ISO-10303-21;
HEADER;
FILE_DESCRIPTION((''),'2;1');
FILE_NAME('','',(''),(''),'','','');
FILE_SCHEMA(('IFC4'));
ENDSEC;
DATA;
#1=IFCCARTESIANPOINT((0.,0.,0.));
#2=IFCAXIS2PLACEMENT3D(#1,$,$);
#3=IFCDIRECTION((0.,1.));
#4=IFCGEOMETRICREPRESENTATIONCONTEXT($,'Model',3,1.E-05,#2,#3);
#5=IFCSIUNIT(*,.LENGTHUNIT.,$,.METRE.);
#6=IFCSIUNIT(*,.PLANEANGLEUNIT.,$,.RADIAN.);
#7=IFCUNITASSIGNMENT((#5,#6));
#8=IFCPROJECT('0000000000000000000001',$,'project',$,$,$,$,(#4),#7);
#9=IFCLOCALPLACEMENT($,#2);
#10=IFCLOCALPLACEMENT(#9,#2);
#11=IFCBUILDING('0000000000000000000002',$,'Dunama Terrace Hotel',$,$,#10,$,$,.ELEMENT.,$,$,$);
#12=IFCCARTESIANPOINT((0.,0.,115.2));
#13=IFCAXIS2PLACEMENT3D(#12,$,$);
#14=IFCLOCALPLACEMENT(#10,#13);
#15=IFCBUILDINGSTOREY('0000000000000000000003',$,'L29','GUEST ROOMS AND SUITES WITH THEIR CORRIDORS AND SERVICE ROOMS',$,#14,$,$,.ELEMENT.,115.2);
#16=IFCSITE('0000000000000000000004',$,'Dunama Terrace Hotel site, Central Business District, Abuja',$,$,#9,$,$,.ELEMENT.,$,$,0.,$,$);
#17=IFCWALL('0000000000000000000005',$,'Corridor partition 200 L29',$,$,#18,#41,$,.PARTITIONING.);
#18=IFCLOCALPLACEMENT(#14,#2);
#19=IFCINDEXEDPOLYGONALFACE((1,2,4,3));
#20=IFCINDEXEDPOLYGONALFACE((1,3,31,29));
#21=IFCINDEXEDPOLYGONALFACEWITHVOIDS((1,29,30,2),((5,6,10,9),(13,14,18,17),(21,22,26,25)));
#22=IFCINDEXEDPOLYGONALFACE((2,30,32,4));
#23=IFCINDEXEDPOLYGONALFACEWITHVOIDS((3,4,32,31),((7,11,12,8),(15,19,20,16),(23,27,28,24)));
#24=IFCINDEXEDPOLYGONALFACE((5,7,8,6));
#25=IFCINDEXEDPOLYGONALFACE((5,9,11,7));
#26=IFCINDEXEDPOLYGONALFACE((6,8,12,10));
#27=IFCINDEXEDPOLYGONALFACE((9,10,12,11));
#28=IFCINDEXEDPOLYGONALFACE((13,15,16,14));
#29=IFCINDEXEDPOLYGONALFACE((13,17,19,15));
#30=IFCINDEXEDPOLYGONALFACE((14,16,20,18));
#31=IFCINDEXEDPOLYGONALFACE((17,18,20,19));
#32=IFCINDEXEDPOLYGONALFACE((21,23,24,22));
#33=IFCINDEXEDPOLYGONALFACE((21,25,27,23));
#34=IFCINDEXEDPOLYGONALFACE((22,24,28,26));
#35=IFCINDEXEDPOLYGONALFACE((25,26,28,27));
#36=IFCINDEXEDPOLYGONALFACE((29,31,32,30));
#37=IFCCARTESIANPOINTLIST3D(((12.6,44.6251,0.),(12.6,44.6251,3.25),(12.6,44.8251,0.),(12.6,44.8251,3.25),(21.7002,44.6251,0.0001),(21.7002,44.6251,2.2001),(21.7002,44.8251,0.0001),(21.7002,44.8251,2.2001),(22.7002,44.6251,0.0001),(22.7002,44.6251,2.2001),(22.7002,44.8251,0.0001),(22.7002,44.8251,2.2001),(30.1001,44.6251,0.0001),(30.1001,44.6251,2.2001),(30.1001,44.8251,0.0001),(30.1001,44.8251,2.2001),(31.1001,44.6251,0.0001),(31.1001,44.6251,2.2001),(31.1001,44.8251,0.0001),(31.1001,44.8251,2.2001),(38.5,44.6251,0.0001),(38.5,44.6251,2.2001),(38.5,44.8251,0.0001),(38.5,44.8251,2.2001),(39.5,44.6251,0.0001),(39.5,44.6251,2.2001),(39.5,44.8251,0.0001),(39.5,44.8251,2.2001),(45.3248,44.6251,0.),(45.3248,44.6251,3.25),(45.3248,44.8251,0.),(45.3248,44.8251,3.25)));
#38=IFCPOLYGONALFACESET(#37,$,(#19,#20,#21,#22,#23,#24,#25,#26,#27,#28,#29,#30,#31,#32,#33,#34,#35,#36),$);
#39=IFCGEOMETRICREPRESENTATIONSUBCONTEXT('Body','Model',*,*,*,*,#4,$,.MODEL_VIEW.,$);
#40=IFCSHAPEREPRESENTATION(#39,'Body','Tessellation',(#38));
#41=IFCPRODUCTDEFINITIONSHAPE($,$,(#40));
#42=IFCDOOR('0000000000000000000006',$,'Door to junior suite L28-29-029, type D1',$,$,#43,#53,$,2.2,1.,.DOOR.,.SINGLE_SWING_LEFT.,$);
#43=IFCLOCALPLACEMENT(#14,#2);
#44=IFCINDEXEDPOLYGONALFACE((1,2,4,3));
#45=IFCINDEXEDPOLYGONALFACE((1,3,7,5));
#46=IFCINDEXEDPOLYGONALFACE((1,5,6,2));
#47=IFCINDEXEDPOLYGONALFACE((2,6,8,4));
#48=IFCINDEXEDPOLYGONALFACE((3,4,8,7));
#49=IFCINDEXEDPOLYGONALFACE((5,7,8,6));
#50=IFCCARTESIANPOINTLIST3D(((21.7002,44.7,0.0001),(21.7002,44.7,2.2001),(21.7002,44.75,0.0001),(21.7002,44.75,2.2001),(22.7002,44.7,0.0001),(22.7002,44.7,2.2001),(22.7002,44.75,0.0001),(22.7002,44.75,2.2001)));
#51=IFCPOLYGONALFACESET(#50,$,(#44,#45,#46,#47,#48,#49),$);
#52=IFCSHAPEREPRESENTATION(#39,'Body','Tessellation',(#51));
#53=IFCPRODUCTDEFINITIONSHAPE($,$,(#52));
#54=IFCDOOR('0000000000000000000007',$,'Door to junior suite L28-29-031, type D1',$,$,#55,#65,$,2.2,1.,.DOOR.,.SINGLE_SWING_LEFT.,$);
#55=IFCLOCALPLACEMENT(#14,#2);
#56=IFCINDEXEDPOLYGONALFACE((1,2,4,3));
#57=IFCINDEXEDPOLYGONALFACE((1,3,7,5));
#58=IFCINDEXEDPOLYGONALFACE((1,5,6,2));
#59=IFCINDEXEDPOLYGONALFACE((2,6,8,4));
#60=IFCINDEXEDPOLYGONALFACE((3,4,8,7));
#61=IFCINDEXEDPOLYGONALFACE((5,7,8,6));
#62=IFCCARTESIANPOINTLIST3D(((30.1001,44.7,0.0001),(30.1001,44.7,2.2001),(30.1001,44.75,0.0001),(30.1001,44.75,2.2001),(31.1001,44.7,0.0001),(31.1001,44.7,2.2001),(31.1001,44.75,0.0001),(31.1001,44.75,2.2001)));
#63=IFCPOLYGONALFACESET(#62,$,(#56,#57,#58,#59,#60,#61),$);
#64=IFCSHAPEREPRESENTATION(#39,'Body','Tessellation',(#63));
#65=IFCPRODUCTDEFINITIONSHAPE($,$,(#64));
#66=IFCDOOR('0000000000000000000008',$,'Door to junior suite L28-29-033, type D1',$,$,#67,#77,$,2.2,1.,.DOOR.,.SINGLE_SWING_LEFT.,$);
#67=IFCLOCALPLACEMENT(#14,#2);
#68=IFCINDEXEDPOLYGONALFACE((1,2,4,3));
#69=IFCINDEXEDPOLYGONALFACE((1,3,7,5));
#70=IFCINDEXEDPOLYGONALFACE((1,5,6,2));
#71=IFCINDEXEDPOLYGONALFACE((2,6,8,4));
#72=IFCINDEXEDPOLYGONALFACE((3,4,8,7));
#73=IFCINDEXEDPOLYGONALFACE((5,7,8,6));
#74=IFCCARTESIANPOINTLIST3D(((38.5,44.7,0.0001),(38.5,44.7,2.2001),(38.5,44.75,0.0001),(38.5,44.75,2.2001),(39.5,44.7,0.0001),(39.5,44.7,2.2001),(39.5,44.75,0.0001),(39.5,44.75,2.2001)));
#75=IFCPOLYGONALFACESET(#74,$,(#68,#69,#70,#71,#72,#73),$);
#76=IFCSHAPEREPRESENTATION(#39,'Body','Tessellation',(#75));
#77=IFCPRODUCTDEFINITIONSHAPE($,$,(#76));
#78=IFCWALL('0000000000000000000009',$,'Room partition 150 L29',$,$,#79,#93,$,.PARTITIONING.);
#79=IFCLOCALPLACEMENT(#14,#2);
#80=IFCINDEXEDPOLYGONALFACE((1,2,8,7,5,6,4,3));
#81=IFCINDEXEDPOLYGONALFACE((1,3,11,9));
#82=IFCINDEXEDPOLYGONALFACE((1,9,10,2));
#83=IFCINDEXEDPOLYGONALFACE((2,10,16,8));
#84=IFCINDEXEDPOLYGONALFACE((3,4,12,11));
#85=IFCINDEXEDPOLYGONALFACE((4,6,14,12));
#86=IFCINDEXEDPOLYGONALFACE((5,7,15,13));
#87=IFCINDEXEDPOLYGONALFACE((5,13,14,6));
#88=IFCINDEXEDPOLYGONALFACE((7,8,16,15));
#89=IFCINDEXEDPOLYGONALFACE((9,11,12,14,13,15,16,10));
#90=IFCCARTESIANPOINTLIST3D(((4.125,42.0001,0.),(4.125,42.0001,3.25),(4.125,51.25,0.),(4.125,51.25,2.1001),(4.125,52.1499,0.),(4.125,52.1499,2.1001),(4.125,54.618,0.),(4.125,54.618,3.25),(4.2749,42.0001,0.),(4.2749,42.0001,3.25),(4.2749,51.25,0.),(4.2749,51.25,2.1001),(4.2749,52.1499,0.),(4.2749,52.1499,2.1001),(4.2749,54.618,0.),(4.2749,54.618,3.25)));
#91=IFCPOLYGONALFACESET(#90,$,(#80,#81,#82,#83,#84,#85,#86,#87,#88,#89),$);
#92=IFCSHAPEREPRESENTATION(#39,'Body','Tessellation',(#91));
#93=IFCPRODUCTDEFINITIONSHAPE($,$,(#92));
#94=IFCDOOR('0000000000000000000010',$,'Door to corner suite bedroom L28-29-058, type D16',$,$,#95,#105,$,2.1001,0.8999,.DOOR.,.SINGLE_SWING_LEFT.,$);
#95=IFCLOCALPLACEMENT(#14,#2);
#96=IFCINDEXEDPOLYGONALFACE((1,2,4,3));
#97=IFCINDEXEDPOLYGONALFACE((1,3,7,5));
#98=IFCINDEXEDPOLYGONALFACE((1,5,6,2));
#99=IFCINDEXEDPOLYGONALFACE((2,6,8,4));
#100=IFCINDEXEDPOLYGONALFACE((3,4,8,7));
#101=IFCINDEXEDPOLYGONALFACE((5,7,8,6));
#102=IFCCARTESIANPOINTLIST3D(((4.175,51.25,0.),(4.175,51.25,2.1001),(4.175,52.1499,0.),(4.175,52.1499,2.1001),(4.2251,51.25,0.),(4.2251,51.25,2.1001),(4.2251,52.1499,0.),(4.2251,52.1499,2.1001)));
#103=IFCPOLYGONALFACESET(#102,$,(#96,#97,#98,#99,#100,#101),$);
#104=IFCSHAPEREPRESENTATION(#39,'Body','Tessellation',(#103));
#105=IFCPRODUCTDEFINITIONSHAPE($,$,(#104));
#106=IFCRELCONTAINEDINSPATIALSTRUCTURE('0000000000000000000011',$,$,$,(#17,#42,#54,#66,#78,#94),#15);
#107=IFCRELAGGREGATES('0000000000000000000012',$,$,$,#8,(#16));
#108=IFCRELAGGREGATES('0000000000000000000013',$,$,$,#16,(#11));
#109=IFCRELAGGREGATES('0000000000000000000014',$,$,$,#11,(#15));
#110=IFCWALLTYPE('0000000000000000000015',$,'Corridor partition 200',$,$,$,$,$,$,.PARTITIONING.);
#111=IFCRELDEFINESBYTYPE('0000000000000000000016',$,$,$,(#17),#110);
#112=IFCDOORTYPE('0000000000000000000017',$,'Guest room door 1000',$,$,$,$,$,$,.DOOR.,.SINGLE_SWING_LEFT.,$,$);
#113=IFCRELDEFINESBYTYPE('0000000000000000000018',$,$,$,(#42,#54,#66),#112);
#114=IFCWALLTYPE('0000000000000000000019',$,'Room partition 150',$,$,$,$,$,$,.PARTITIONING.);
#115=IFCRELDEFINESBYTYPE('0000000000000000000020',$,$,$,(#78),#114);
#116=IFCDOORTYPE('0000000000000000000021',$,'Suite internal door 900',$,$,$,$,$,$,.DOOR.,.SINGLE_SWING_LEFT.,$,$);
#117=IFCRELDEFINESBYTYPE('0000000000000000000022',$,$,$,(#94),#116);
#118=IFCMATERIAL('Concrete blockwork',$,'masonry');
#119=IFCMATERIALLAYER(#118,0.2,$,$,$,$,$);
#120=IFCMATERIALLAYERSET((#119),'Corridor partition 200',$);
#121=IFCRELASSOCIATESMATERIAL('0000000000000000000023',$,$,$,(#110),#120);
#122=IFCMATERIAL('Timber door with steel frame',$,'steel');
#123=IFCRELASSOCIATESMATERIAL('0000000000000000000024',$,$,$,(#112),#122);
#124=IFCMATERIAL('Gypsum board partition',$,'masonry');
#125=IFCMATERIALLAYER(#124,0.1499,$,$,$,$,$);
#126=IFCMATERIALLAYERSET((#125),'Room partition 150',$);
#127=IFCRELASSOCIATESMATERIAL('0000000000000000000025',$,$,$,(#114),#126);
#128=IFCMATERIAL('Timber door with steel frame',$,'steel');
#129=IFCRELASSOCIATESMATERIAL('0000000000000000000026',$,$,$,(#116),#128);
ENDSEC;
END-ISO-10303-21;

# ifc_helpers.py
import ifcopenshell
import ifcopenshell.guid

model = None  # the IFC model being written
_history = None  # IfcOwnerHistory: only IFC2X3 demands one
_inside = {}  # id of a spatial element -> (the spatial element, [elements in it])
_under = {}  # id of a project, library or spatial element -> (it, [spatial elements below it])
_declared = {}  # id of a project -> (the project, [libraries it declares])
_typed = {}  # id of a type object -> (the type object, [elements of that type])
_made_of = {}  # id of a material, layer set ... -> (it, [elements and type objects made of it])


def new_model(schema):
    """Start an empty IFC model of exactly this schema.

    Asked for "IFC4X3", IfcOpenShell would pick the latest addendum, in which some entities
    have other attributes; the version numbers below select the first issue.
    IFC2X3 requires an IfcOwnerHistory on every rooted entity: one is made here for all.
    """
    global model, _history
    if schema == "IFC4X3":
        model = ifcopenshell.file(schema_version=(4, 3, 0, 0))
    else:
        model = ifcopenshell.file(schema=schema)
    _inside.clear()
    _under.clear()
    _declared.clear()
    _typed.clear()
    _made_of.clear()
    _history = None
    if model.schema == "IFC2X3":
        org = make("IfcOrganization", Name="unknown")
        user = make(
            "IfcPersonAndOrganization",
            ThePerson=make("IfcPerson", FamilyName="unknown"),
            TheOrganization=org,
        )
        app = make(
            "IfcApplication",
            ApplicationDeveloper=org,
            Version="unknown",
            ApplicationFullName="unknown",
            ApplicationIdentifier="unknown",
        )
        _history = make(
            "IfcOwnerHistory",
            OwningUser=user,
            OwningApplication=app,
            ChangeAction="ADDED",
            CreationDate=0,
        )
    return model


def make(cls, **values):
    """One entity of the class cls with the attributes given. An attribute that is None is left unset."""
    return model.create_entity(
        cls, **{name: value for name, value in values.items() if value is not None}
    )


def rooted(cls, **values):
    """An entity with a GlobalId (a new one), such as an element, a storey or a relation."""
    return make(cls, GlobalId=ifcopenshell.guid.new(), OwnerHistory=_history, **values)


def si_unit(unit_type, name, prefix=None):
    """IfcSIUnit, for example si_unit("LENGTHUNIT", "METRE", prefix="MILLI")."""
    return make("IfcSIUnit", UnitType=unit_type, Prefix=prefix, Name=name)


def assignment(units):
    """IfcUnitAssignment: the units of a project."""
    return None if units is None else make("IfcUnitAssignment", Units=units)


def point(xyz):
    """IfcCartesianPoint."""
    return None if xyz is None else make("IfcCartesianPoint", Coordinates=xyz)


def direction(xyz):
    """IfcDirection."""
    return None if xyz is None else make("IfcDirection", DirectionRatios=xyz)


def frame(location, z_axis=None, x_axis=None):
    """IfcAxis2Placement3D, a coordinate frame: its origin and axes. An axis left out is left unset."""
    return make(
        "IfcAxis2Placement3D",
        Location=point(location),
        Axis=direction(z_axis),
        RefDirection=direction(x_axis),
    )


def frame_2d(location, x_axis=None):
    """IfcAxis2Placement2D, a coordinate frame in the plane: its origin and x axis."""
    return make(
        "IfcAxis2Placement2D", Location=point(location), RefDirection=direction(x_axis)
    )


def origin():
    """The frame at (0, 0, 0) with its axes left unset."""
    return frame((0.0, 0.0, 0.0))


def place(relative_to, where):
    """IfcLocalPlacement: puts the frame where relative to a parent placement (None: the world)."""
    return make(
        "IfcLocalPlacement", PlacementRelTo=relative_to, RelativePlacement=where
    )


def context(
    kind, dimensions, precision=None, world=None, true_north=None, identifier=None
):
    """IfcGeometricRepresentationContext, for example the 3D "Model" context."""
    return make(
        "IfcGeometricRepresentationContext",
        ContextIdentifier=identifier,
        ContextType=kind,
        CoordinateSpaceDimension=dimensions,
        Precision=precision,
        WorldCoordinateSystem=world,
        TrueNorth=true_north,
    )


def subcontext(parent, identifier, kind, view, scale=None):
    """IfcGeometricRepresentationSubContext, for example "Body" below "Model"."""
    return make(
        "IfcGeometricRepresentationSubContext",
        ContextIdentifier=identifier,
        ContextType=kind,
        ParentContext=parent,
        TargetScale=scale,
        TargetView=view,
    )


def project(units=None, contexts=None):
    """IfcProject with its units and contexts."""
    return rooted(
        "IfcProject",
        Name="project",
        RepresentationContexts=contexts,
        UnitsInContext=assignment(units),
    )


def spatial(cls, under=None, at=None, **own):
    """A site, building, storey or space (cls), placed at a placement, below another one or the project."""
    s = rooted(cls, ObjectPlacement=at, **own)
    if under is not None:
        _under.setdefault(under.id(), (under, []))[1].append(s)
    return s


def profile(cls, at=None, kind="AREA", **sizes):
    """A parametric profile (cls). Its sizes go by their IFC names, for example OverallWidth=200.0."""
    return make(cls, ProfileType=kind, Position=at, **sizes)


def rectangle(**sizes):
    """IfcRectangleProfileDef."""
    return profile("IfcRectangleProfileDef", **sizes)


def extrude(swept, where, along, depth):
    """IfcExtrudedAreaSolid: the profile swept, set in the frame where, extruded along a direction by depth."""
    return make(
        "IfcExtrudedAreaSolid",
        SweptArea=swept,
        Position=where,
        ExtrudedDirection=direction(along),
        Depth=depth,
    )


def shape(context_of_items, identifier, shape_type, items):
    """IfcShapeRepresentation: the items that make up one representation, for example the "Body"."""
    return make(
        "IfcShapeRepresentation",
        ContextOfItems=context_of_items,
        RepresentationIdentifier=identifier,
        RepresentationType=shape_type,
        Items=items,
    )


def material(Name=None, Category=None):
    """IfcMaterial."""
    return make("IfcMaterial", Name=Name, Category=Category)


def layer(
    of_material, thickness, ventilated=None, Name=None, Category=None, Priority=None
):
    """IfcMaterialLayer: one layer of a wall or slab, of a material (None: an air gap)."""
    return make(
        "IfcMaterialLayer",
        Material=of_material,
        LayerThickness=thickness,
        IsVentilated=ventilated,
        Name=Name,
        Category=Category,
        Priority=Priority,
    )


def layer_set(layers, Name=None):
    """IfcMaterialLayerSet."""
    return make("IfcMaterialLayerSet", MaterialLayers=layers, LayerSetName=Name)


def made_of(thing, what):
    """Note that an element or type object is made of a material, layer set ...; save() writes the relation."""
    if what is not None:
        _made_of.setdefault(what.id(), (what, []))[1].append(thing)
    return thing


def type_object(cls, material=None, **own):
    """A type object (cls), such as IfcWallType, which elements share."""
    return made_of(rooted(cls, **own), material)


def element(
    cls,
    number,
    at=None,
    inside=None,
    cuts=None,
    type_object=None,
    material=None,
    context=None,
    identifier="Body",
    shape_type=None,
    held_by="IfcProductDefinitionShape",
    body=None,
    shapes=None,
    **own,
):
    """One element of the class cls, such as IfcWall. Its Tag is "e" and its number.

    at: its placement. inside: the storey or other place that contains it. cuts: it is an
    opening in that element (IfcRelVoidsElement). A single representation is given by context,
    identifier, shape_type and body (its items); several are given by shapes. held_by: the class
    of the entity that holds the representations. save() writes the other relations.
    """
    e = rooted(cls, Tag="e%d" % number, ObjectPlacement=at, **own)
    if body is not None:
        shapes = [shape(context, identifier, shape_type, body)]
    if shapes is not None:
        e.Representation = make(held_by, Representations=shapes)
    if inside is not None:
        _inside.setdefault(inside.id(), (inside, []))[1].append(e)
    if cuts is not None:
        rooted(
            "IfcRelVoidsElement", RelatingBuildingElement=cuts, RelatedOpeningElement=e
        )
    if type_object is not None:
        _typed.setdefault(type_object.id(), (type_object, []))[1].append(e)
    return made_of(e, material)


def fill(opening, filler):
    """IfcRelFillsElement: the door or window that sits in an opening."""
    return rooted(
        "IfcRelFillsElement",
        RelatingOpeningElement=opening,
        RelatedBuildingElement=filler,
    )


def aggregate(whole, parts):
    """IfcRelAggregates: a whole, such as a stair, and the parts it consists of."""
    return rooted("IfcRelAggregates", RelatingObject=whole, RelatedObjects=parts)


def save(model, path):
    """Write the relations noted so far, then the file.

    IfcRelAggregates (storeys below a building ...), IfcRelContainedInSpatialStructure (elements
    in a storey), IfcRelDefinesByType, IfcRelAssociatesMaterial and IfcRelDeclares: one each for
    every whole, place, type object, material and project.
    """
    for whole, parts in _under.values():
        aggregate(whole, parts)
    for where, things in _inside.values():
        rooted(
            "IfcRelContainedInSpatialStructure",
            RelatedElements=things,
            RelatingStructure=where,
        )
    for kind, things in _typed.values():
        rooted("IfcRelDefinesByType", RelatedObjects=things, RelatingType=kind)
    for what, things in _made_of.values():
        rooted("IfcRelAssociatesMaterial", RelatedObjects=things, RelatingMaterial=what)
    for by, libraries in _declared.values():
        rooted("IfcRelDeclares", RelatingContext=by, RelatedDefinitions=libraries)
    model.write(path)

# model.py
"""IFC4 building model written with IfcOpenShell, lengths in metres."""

from ifc_helpers import new_model, si_unit, direction, frame, frame_2d, origin, place, context, subcontext, project, spatial, rectangle, extrude, material, layer, layer_set, type_object, element, fill, save


model = new_model("IFC4")

# Units and contexts
model_context = context("Model", 3, precision=1e-05, world=origin(), true_north=direction((0.0, 1.0)))
body_context = subcontext(model_context, "Body", "Model", "MODEL_VIEW")
ifc_project = project(units=[si_unit("LENGTHUNIT", "METRE"), si_unit("PLANEANGLEUNIT", "RADIAN")], contexts=[model_context])

# Site, building, storey
site_placement = place(None, origin())
site = spatial("IfcSite", under=ifc_project, at=site_placement, Name="Dunama Terrace Hotel site, Central Business District, Abuja", CompositionType="ELEMENT", RefElevation=0.0)
building_placement = place(site_placement, origin())
building = spatial("IfcBuilding", under=site, at=building_placement, Name="Dunama Terrace Hotel", CompositionType="ELEMENT")
storey_placement = place(building_placement, frame((0.0, 0.0, 115.2)))
storey = spatial("IfcBuildingStorey", under=building, at=storey_placement, Name="L29", Description="GUEST ROOMS AND SUITES WITH THEIR CORRIDORS AND SERVICE ROOMS", CompositionType="ELEMENT", Elevation=115.2)

# Wall, openings, doors
ifc_material_1 = material(Name="Concrete blockwork", Category="masonry")
ifc_layer_1 = layer(ifc_material_1, 0.2)
ifc_layer_set_1 = layer_set([ifc_layer_1], Name="Corridor partition 200")
wall_type_1 = type_object("IfcWallType", Name="Corridor partition 200", PredefinedType="PARTITIONING", material=ifc_layer_set_1)
wall_1_placement = place(storey_placement, frame((12.6001, 44.7251, 0.0), z_axis=(0.0, 0.0, 1.0), x_axis=(1.0, 0.0, 0.0)))
wall_1 = element("IfcWall", 1, at=wall_1_placement, inside=storey, type_object=wall_type_1, Name="Corridor partition 200 L29", PredefinedType="PARTITIONING", context=body_context, shape_type="SweptSolid", body=[
    extrude(rectangle(XDim=32.7249, YDim=0.2, at=frame_2d((16.3623, 0.0))), origin(), (0.0, 0.0, 1.0), 3.25),
])
opening_1_placement = place(wall_1_placement, frame((9.1001, 0.0, 0.0)))
opening_1 = element("IfcOpeningElement", 2, at=opening_1_placement, cuts=wall_1, PredefinedType="OPENING", context=body_context, shape_type="SweptSolid", body=[
    extrude(rectangle(XDim=1.0, YDim=2.2, at=frame_2d((0.5, 1.1001))), frame((0.0, 0.1099, 0.0), z_axis=(0.0, -1.0, 0.0), x_axis=(1.0, 0.0, 0.0)), (0.0, 0.0, 1.0), 0.22),
])
opening_2_placement = place(wall_1_placement, frame((17.5, 0.0, 0.0)))
opening_2 = element("IfcOpeningElement", 3, at=opening_2_placement, cuts=wall_1, PredefinedType="OPENING", context=body_context, shape_type="SweptSolid", body=[
    extrude(rectangle(XDim=1.0, YDim=2.2, at=frame_2d((0.5, 1.1001))), frame((0.0, 0.1099, 0.0), z_axis=(0.0, -1.0, 0.0), x_axis=(1.0, 0.0, 0.0)), (0.0, 0.0, 1.0), 0.22),
])
opening_3_placement = place(wall_1_placement, frame((25.8999, 0.0, 0.0)))
opening_3 = element("IfcOpeningElement", 4, at=opening_3_placement, cuts=wall_1, PredefinedType="OPENING", context=body_context, shape_type="SweptSolid", body=[
    extrude(rectangle(XDim=1.0, YDim=2.2, at=frame_2d((0.5, 1.1001))), frame((0.0, 0.1099, 0.0), z_axis=(0.0, -1.0, 0.0), x_axis=(1.0, 0.0, 0.0)), (0.0, 0.0, 1.0), 0.22),
])
ifc_material_2 = material(Name="Timber door with steel frame", Category="steel")
door_type_1 = type_object("IfcDoorType", Name="Guest room door 1000", OperationType="SINGLE_SWING_LEFT", PredefinedType="DOOR", material=ifc_material_2)
door_1_placement = place(opening_1_placement, origin())
door_1 = element("IfcDoor", 5, at=door_1_placement, inside=storey, type_object=door_type_1, Name="Door to junior suite L28-29-029, type D1", OperationType="SINGLE_SWING_LEFT", OverallHeight=2.2, OverallWidth=1.0, PredefinedType="DOOR", context=body_context, shape_type="SweptSolid", body=[
    extrude(rectangle(XDim=1.0, YDim=2.2, at=frame_2d((0.5, 1.1001))), frame((0.0, 0.0249, 0.0), z_axis=(0.0, -1.0, 0.0), x_axis=(1.0, 0.0, 0.0)), (0.0, 0.0, 1.0), 0.05),
])
fill(opening_1, door_1)
door_2_placement = place(opening_2_placement, origin())
door_2 = element("IfcDoor", 6, at=door_2_placement, inside=storey, type_object=door_type_1, Name="Door to junior suite L28-29-031, type D1", OperationType="SINGLE_SWING_LEFT", OverallHeight=2.2, OverallWidth=1.0, PredefinedType="DOOR", context=body_context, shape_type="SweptSolid", body=[
    extrude(rectangle(XDim=1.0, YDim=2.2, at=frame_2d((0.5, 1.1001))), frame((0.0, 0.0249, 0.0), z_axis=(0.0, -1.0, 0.0), x_axis=(1.0, 0.0, 0.0)), (0.0, 0.0, 1.0), 0.05),
])
fill(opening_2, door_2)
door_3_placement = place(opening_3_placement, origin())
door_3 = element("IfcDoor", 7, at=door_3_placement, inside=storey, type_object=door_type_1, Name="Door to junior suite L28-29-033, type D1", OperationType="SINGLE_SWING_LEFT", OverallHeight=2.2, OverallWidth=1.0, PredefinedType="DOOR", context=body_context, shape_type="SweptSolid", body=[
    extrude(rectangle(XDim=1.0, YDim=2.2, at=frame_2d((0.5, 1.1001))), frame((0.0, 0.0249, 0.0), z_axis=(0.0, -1.0, 0.0), x_axis=(1.0, 0.0, 0.0)), (0.0, 0.0, 1.0), 0.05),
])
fill(opening_3, door_3)

# Wall, opening, door
ifc_material_3 = material(Name="Gypsum board partition", Category="masonry")
ifc_layer_2 = layer(ifc_material_3, 0.1499)
ifc_layer_set_2 = layer_set([ifc_layer_2], Name="Room partition 150")
wall_type_2 = type_object("IfcWallType", Name="Room partition 150", PredefinedType="PARTITIONING", material=ifc_layer_set_2)
wall_2_placement = place(storey_placement, frame((4.2, 42.0, 0.0), z_axis=(0.0, 0.0, 1.0), x_axis=(0.0, 1.0, 0.0)))
wall_2 = element("IfcWall", 8, at=wall_2_placement, inside=storey, type_object=wall_type_2, Name="Room partition 150 L29", PredefinedType="PARTITIONING", context=body_context, shape_type="SweptSolid", body=[
    extrude(rectangle(XDim=12.6179, YDim=0.1499, at=frame_2d((6.3091, 0.0))), origin(), (0.0, 0.0, 1.0), 3.25),
])
opening_4_placement = place(wall_2_placement, frame((9.25, 0.0, 0.0)))
opening_4 = element("IfcOpeningElement", 9, at=opening_4_placement, cuts=wall_2, PredefinedType="OPENING", context=body_context, shape_type="SweptSolid", body=[
    extrude(rectangle(XDim=0.8999, YDim=2.1001, at=frame_2d((0.45, 1.05))), frame((0.0, 0.085, 0.0), z_axis=(0.0, -1.0, 0.0), x_axis=(1.0, 0.0, 0.0)), (0.0, 0.0, 1.0), 0.1699),
])
ifc_material_4 = material(Name="Timber door with steel frame", Category="steel")
door_type_2 = type_object("IfcDoorType", Name="Suite internal door 900", OperationType="SINGLE_SWING_LEFT", PredefinedType="DOOR", material=ifc_material_4)
door_4_placement = place(opening_4_placement, origin())
door_4 = element("IfcDoor", 10, at=door_4_placement, inside=storey, type_object=door_type_2, Name="Door to corner suite bedroom L28-29-058, type D16", OperationType="SINGLE_SWING_LEFT", OverallHeight=2.1001, OverallWidth=0.8999, PredefinedType="DOOR", context=body_context, shape_type="SweptSolid", body=[
    extrude(rectangle(XDim=0.8999, YDim=2.1001, at=frame_2d((0.45, 1.05))), frame((0.0, 0.0249, 0.0), z_axis=(0.0, -1.0, 0.0), x_axis=(1.0, 0.0, 0.0)), (0.0, 0.0, 1.0), 0.05),
])
fill(opening_4, door_4)

save(model, "model.ifc")
